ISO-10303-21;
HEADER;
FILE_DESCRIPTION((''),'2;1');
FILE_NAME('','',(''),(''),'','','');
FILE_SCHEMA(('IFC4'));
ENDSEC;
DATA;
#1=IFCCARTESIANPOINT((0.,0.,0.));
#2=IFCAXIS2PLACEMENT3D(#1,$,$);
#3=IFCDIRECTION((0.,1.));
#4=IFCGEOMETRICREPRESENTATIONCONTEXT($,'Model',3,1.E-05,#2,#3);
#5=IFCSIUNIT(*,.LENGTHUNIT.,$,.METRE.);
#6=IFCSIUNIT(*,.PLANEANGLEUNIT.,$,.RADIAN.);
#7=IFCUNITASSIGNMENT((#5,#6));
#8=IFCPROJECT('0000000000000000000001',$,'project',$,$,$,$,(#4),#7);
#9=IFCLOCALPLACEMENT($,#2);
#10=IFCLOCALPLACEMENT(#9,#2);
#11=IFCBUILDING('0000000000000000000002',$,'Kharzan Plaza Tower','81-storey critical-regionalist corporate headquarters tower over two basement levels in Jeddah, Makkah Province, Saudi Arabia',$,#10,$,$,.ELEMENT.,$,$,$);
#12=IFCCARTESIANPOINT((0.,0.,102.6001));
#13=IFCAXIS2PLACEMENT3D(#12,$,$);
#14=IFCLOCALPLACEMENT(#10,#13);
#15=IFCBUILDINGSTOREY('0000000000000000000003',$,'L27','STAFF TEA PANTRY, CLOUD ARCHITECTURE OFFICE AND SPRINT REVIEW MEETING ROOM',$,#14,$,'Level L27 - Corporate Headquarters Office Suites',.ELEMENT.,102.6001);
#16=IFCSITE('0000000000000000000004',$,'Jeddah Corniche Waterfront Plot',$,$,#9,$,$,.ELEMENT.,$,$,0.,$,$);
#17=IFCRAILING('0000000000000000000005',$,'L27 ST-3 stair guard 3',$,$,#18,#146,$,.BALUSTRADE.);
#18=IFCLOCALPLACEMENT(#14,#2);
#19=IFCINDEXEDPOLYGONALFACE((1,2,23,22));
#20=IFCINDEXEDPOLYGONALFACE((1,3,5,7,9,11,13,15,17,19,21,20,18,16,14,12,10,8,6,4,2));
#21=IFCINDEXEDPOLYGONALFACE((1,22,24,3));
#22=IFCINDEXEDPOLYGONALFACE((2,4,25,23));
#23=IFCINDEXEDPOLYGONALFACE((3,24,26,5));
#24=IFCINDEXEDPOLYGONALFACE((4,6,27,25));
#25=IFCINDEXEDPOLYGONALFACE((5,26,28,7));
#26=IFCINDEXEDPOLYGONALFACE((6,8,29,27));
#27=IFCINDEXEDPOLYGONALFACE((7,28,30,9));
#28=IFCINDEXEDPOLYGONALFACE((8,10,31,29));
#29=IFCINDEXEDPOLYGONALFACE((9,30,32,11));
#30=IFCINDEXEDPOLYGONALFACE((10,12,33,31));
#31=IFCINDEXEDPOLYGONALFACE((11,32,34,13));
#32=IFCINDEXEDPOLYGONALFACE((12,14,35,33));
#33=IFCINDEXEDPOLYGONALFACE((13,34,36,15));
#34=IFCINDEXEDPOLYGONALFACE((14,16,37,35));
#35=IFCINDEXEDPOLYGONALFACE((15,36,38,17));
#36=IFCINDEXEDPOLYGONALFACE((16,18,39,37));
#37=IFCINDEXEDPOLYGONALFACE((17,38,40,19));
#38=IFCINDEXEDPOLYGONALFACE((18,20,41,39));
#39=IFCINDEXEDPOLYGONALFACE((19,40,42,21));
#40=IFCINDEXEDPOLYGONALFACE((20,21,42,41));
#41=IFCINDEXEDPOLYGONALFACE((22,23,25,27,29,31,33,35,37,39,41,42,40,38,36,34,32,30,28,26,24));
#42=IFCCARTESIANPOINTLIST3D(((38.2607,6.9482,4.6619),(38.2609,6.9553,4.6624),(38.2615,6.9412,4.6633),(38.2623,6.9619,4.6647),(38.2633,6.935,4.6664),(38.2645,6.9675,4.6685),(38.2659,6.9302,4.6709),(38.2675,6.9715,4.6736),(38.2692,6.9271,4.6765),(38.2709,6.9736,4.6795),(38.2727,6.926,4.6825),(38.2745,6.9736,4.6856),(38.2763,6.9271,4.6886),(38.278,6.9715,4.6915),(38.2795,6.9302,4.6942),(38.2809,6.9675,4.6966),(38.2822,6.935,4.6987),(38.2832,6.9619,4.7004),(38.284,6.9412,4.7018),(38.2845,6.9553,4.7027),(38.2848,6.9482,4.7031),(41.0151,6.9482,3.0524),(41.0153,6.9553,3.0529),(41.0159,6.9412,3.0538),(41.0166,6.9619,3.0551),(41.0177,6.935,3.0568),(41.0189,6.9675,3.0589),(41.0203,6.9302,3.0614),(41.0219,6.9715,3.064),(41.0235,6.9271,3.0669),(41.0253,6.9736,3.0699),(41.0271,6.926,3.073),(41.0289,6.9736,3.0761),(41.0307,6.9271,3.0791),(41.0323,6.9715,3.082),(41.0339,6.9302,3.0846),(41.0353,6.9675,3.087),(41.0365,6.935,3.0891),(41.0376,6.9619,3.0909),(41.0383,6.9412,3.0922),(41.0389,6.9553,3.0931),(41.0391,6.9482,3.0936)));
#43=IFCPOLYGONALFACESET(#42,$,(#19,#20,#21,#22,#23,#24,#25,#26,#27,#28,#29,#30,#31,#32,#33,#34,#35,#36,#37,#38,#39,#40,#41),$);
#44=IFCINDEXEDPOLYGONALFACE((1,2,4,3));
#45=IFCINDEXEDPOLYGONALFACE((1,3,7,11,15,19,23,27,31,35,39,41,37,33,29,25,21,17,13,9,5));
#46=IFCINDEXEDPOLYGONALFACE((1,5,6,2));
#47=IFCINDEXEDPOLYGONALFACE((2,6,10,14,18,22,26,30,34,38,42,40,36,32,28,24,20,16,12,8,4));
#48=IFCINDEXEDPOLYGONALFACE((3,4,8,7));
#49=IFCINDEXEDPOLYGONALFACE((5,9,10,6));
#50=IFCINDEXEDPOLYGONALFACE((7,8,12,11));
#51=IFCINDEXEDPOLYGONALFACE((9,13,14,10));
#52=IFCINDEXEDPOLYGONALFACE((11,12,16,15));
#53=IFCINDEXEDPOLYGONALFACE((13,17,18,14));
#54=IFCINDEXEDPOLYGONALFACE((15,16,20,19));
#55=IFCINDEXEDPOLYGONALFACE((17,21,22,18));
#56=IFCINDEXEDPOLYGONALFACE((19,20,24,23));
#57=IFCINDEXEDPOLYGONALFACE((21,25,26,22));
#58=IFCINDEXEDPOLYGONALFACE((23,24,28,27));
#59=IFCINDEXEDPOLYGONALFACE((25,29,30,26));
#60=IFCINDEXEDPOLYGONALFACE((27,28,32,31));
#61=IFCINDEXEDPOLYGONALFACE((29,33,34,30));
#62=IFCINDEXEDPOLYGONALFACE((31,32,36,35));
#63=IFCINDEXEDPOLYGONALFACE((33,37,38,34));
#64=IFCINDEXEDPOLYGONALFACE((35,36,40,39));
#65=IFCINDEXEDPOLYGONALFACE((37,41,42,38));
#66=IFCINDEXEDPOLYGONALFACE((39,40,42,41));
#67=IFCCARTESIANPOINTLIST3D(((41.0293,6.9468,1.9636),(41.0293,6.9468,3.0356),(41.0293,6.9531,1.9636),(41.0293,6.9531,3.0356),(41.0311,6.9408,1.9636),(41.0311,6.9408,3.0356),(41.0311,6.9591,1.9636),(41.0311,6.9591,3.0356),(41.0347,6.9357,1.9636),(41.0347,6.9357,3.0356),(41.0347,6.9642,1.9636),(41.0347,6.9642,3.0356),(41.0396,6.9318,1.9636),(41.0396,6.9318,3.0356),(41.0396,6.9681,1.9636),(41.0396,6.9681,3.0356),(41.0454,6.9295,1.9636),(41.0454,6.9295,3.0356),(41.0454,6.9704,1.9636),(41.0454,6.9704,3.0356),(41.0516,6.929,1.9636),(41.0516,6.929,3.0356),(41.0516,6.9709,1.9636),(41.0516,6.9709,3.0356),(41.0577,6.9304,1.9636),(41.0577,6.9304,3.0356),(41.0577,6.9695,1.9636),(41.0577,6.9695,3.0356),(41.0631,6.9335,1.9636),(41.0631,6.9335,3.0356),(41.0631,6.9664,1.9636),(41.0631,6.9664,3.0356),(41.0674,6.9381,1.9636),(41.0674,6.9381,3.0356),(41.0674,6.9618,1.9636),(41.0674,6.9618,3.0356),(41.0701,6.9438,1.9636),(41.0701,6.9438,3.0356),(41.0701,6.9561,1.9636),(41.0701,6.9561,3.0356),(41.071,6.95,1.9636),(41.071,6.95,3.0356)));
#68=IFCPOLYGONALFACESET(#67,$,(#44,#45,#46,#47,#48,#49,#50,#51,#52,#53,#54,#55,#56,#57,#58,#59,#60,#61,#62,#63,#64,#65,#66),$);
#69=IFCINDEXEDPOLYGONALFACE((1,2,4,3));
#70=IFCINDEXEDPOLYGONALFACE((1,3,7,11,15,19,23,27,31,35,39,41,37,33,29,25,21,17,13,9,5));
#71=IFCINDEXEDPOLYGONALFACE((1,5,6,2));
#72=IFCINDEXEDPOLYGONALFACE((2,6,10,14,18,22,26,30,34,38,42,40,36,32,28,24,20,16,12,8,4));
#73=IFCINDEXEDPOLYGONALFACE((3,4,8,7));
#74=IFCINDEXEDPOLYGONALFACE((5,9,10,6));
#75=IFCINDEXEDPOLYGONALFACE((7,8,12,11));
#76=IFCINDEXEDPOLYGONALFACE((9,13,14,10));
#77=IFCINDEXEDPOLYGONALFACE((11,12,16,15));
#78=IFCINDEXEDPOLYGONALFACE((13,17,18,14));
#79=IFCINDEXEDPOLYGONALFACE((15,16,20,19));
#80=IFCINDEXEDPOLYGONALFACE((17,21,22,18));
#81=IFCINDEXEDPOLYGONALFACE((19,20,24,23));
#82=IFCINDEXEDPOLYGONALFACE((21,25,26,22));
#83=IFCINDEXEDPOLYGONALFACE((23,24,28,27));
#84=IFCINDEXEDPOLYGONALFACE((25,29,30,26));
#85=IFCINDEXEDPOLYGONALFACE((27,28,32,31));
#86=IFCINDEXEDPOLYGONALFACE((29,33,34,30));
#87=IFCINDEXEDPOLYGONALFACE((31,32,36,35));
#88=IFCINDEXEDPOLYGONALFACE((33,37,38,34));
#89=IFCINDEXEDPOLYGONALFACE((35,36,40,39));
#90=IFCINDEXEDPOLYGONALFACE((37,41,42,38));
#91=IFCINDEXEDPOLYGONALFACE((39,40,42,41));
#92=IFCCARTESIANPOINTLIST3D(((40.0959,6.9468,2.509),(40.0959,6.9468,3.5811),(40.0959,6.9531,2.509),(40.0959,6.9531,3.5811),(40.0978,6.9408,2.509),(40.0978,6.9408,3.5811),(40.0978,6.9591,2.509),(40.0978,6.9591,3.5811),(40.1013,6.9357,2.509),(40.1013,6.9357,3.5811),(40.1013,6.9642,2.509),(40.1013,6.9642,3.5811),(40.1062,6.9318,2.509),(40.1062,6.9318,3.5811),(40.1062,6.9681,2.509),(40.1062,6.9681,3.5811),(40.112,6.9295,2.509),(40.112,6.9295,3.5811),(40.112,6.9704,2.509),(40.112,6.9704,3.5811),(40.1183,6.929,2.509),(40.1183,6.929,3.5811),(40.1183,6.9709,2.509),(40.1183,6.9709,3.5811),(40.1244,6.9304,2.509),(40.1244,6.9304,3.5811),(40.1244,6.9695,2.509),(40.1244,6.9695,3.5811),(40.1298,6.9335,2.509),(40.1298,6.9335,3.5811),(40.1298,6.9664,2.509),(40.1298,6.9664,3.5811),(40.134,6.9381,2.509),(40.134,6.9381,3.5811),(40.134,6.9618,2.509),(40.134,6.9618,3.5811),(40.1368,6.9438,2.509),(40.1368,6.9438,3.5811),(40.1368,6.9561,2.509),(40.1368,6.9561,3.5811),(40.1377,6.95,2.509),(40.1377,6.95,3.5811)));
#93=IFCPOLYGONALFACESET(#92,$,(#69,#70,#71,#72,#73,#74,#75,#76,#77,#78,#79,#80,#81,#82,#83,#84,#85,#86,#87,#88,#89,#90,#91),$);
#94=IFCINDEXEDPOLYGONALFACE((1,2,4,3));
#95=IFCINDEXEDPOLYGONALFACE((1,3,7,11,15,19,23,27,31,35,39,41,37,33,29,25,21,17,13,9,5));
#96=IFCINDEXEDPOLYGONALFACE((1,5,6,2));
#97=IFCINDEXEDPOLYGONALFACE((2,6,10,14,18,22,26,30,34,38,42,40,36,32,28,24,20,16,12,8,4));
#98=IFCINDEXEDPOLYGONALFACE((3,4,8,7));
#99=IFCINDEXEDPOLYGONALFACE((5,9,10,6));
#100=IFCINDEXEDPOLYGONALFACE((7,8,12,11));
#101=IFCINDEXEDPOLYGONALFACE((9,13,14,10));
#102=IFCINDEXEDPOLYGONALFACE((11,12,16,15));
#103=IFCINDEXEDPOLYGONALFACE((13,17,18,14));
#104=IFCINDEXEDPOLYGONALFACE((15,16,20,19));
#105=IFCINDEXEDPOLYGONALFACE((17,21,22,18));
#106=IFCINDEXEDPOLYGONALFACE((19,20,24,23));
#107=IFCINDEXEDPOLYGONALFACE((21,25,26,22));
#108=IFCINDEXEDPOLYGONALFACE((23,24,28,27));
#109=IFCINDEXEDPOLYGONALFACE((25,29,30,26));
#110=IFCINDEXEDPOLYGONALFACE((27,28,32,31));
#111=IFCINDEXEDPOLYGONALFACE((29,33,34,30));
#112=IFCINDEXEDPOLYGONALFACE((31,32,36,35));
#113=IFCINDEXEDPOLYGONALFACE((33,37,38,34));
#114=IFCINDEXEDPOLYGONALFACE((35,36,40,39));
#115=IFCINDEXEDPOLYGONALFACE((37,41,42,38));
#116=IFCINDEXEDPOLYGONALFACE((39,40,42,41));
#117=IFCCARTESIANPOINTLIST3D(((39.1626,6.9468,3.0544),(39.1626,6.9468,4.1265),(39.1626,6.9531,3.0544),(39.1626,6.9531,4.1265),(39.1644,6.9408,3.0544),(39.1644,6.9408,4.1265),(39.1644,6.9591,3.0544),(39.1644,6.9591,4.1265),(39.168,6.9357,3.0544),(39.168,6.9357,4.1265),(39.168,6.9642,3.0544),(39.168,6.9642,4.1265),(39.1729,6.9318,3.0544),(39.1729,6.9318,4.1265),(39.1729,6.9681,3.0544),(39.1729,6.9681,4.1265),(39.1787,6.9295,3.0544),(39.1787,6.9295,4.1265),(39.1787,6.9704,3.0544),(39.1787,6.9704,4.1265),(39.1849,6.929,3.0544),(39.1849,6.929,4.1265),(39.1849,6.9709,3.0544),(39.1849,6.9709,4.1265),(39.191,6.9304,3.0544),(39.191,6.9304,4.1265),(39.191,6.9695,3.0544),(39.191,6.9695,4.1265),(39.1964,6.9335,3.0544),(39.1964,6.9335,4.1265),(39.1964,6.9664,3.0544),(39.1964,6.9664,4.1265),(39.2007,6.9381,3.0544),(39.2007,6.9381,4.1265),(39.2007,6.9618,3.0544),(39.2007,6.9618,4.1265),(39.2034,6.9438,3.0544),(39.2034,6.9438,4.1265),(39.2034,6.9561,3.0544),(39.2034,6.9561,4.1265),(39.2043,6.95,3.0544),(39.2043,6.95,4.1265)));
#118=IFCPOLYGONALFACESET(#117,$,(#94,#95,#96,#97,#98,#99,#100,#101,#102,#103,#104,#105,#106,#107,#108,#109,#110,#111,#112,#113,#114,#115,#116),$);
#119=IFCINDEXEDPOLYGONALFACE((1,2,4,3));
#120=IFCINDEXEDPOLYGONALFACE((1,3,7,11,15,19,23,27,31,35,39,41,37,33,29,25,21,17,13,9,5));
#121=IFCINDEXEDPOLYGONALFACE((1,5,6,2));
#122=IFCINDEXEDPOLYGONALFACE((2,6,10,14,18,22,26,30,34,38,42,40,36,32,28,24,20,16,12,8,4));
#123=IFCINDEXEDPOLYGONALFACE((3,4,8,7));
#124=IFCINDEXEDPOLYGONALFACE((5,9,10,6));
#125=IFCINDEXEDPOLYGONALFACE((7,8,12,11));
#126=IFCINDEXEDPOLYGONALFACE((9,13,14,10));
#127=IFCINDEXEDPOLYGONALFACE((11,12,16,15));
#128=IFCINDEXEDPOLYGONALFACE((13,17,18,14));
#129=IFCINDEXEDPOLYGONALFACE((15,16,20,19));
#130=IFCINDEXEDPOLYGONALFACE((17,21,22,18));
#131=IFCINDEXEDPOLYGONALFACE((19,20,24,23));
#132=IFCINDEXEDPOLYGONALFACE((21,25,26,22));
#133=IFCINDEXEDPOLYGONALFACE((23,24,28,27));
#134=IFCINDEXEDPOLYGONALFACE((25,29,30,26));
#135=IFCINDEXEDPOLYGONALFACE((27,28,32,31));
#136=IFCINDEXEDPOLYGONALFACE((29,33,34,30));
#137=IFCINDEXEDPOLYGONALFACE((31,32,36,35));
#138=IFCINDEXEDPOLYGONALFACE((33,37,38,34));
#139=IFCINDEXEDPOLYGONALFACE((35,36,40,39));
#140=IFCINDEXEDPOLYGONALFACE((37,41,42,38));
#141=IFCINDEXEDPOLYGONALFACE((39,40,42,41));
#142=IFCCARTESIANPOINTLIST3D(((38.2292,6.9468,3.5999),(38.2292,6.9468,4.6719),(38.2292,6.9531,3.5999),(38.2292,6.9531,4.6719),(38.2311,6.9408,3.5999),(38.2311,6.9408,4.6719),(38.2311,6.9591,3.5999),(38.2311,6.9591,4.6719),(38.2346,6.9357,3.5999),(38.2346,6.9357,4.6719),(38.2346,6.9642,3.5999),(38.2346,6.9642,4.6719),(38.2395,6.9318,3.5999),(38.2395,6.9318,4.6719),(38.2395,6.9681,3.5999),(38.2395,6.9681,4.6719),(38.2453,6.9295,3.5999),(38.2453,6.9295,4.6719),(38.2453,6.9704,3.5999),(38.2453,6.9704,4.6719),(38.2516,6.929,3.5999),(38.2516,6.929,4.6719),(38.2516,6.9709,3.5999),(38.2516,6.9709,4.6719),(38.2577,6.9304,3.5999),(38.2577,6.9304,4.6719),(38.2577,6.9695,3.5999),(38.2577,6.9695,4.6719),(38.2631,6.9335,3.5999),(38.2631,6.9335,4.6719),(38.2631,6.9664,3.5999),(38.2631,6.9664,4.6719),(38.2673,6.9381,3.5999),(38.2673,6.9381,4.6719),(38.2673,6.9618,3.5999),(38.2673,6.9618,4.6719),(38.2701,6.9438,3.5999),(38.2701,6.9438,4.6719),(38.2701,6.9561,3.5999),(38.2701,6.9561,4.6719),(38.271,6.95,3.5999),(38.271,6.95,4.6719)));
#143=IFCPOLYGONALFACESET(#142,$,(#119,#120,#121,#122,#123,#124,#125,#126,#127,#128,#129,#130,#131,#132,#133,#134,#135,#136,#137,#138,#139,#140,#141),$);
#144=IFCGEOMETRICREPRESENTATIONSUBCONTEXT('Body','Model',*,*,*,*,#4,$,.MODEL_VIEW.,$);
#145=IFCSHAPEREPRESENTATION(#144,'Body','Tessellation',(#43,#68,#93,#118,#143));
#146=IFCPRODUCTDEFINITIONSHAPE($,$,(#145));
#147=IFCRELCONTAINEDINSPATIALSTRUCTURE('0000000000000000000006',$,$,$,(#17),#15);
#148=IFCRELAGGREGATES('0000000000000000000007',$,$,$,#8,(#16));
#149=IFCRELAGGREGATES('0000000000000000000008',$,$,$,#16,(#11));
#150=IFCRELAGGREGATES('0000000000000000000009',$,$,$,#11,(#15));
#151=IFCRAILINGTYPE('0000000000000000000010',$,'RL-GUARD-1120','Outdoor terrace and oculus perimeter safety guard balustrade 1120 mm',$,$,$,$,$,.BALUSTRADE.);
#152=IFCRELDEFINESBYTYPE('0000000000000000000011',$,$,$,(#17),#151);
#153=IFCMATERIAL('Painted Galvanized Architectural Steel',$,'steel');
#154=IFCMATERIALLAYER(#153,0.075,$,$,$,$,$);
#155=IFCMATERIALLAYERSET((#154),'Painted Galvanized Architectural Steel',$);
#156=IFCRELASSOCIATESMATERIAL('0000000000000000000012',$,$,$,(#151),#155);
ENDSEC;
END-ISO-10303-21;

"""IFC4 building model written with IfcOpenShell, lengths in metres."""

from ifc_helpers import new_model, si_unit, direction, frame, origin, origin_2d, place, context, subcontext, project, spatial, circle, extrude, source, transform, mapped, material, layer, layer_set, type_object, element, save


model = new_model("IFC4")

# Units and contexts
model_context = context("Model", 3, precision=1e-05, world=origin(), true_north=direction((0.0, 1.0)))
body_context = subcontext(model_context, "Body", "Model", "MODEL_VIEW")
ifc_project = project(units=[si_unit("LENGTHUNIT", "METRE"), si_unit("PLANEANGLEUNIT", "RADIAN")], contexts=[model_context])

# Site, building, storey
site_placement = place(None, origin())
site = spatial("IfcSite", under=ifc_project, at=site_placement, Name="Jeddah Corniche Waterfront Plot", CompositionType="ELEMENT", RefElevation=0.0)
building_placement = place(site_placement, origin())
building = spatial("IfcBuilding", under=site, at=building_placement, Name="Kharzan Plaza Tower", Description="81-storey critical-regionalist corporate headquarters tower over two basement levels in Jeddah, Makkah Province, Saudi Arabia", CompositionType="ELEMENT")
storey_placement = place(building_placement, frame((0.0, 0.0, 102.6001)))
storey = spatial("IfcBuildingStorey", under=building, at=storey_placement, Name="L27", Description="STAFF TEA PANTRY, CLOUD ARCHITECTURE OFFICE AND SPRINT REVIEW MEETING ROOM", LongName="Level L27 - Corporate Headquarters Office Suites", CompositionType="ELEMENT", Elevation=102.6001)

# Railing
ifc_material_1 = material(Name="Painted Galvanized Architectural Steel", Category="steel")
ifc_layer_1 = layer(ifc_material_1, 0.075)
ifc_layer_set_1 = layer_set([ifc_layer_1], Name="Painted Galvanized Architectural Steel")
railing_type_1 = type_object("IfcRailingType", Name="RL-GUARD-1120", Description="Outdoor terrace and oculus perimeter safety guard balustrade 1120 mm", PredefinedType="BALUSTRADE", material=ifc_layer_set_1)
shared_shape_1 = source(origin(), body_context, "Body", "SweptSolid", [
    extrude(circle(Radius=0.0239, at=origin_2d()), frame((-0.0229, 0.0, 1.1094), z_axis=(-0.863394, 0.0, 0.504531), x_axis=(0.0, -1.0, 0.0)), (0.0, 0.0, 1.0), 3.1902),
    extrude(circle(Radius=0.021, at=origin_2d()), origin(), (0.0, 0.0, 1.0), 1.072),
    extrude(circle(Radius=0.021, at=origin_2d()), frame((-0.9333, 0.0, 0.5454)), (0.0, 0.0, 1.0), 1.072),
    extrude(circle(Radius=0.021, at=origin_2d()), frame((-1.8667, 0.0, 1.0908)), (0.0, 0.0, 1.0), 1.072),
    extrude(circle(Radius=0.021, at=origin_2d()), frame((-2.8, 0.0, 1.6362)), (0.0, 0.0, 1.0), 1.072),
])
railing_1_placement = place(storey_placement, frame((41.05, 6.95, 1.9636)))
element("IfcRailing", 1, at=railing_1_placement, inside=storey, type_object=railing_type_1, Name="L27 ST-3 stair guard 3", PredefinedType="BALUSTRADE", context=body_context, shape_type="MappedRepresentation", body=[
    mapped(shared_shape_1, transform((0.0, 0.0, 0.0), x_axis=(1.0, 0.0, 0.0), y_axis=(0.0, 1.0, 0.0), z_axis=(0.0, 0.0, 1.0))),
])

save(model, "model.ifc")
